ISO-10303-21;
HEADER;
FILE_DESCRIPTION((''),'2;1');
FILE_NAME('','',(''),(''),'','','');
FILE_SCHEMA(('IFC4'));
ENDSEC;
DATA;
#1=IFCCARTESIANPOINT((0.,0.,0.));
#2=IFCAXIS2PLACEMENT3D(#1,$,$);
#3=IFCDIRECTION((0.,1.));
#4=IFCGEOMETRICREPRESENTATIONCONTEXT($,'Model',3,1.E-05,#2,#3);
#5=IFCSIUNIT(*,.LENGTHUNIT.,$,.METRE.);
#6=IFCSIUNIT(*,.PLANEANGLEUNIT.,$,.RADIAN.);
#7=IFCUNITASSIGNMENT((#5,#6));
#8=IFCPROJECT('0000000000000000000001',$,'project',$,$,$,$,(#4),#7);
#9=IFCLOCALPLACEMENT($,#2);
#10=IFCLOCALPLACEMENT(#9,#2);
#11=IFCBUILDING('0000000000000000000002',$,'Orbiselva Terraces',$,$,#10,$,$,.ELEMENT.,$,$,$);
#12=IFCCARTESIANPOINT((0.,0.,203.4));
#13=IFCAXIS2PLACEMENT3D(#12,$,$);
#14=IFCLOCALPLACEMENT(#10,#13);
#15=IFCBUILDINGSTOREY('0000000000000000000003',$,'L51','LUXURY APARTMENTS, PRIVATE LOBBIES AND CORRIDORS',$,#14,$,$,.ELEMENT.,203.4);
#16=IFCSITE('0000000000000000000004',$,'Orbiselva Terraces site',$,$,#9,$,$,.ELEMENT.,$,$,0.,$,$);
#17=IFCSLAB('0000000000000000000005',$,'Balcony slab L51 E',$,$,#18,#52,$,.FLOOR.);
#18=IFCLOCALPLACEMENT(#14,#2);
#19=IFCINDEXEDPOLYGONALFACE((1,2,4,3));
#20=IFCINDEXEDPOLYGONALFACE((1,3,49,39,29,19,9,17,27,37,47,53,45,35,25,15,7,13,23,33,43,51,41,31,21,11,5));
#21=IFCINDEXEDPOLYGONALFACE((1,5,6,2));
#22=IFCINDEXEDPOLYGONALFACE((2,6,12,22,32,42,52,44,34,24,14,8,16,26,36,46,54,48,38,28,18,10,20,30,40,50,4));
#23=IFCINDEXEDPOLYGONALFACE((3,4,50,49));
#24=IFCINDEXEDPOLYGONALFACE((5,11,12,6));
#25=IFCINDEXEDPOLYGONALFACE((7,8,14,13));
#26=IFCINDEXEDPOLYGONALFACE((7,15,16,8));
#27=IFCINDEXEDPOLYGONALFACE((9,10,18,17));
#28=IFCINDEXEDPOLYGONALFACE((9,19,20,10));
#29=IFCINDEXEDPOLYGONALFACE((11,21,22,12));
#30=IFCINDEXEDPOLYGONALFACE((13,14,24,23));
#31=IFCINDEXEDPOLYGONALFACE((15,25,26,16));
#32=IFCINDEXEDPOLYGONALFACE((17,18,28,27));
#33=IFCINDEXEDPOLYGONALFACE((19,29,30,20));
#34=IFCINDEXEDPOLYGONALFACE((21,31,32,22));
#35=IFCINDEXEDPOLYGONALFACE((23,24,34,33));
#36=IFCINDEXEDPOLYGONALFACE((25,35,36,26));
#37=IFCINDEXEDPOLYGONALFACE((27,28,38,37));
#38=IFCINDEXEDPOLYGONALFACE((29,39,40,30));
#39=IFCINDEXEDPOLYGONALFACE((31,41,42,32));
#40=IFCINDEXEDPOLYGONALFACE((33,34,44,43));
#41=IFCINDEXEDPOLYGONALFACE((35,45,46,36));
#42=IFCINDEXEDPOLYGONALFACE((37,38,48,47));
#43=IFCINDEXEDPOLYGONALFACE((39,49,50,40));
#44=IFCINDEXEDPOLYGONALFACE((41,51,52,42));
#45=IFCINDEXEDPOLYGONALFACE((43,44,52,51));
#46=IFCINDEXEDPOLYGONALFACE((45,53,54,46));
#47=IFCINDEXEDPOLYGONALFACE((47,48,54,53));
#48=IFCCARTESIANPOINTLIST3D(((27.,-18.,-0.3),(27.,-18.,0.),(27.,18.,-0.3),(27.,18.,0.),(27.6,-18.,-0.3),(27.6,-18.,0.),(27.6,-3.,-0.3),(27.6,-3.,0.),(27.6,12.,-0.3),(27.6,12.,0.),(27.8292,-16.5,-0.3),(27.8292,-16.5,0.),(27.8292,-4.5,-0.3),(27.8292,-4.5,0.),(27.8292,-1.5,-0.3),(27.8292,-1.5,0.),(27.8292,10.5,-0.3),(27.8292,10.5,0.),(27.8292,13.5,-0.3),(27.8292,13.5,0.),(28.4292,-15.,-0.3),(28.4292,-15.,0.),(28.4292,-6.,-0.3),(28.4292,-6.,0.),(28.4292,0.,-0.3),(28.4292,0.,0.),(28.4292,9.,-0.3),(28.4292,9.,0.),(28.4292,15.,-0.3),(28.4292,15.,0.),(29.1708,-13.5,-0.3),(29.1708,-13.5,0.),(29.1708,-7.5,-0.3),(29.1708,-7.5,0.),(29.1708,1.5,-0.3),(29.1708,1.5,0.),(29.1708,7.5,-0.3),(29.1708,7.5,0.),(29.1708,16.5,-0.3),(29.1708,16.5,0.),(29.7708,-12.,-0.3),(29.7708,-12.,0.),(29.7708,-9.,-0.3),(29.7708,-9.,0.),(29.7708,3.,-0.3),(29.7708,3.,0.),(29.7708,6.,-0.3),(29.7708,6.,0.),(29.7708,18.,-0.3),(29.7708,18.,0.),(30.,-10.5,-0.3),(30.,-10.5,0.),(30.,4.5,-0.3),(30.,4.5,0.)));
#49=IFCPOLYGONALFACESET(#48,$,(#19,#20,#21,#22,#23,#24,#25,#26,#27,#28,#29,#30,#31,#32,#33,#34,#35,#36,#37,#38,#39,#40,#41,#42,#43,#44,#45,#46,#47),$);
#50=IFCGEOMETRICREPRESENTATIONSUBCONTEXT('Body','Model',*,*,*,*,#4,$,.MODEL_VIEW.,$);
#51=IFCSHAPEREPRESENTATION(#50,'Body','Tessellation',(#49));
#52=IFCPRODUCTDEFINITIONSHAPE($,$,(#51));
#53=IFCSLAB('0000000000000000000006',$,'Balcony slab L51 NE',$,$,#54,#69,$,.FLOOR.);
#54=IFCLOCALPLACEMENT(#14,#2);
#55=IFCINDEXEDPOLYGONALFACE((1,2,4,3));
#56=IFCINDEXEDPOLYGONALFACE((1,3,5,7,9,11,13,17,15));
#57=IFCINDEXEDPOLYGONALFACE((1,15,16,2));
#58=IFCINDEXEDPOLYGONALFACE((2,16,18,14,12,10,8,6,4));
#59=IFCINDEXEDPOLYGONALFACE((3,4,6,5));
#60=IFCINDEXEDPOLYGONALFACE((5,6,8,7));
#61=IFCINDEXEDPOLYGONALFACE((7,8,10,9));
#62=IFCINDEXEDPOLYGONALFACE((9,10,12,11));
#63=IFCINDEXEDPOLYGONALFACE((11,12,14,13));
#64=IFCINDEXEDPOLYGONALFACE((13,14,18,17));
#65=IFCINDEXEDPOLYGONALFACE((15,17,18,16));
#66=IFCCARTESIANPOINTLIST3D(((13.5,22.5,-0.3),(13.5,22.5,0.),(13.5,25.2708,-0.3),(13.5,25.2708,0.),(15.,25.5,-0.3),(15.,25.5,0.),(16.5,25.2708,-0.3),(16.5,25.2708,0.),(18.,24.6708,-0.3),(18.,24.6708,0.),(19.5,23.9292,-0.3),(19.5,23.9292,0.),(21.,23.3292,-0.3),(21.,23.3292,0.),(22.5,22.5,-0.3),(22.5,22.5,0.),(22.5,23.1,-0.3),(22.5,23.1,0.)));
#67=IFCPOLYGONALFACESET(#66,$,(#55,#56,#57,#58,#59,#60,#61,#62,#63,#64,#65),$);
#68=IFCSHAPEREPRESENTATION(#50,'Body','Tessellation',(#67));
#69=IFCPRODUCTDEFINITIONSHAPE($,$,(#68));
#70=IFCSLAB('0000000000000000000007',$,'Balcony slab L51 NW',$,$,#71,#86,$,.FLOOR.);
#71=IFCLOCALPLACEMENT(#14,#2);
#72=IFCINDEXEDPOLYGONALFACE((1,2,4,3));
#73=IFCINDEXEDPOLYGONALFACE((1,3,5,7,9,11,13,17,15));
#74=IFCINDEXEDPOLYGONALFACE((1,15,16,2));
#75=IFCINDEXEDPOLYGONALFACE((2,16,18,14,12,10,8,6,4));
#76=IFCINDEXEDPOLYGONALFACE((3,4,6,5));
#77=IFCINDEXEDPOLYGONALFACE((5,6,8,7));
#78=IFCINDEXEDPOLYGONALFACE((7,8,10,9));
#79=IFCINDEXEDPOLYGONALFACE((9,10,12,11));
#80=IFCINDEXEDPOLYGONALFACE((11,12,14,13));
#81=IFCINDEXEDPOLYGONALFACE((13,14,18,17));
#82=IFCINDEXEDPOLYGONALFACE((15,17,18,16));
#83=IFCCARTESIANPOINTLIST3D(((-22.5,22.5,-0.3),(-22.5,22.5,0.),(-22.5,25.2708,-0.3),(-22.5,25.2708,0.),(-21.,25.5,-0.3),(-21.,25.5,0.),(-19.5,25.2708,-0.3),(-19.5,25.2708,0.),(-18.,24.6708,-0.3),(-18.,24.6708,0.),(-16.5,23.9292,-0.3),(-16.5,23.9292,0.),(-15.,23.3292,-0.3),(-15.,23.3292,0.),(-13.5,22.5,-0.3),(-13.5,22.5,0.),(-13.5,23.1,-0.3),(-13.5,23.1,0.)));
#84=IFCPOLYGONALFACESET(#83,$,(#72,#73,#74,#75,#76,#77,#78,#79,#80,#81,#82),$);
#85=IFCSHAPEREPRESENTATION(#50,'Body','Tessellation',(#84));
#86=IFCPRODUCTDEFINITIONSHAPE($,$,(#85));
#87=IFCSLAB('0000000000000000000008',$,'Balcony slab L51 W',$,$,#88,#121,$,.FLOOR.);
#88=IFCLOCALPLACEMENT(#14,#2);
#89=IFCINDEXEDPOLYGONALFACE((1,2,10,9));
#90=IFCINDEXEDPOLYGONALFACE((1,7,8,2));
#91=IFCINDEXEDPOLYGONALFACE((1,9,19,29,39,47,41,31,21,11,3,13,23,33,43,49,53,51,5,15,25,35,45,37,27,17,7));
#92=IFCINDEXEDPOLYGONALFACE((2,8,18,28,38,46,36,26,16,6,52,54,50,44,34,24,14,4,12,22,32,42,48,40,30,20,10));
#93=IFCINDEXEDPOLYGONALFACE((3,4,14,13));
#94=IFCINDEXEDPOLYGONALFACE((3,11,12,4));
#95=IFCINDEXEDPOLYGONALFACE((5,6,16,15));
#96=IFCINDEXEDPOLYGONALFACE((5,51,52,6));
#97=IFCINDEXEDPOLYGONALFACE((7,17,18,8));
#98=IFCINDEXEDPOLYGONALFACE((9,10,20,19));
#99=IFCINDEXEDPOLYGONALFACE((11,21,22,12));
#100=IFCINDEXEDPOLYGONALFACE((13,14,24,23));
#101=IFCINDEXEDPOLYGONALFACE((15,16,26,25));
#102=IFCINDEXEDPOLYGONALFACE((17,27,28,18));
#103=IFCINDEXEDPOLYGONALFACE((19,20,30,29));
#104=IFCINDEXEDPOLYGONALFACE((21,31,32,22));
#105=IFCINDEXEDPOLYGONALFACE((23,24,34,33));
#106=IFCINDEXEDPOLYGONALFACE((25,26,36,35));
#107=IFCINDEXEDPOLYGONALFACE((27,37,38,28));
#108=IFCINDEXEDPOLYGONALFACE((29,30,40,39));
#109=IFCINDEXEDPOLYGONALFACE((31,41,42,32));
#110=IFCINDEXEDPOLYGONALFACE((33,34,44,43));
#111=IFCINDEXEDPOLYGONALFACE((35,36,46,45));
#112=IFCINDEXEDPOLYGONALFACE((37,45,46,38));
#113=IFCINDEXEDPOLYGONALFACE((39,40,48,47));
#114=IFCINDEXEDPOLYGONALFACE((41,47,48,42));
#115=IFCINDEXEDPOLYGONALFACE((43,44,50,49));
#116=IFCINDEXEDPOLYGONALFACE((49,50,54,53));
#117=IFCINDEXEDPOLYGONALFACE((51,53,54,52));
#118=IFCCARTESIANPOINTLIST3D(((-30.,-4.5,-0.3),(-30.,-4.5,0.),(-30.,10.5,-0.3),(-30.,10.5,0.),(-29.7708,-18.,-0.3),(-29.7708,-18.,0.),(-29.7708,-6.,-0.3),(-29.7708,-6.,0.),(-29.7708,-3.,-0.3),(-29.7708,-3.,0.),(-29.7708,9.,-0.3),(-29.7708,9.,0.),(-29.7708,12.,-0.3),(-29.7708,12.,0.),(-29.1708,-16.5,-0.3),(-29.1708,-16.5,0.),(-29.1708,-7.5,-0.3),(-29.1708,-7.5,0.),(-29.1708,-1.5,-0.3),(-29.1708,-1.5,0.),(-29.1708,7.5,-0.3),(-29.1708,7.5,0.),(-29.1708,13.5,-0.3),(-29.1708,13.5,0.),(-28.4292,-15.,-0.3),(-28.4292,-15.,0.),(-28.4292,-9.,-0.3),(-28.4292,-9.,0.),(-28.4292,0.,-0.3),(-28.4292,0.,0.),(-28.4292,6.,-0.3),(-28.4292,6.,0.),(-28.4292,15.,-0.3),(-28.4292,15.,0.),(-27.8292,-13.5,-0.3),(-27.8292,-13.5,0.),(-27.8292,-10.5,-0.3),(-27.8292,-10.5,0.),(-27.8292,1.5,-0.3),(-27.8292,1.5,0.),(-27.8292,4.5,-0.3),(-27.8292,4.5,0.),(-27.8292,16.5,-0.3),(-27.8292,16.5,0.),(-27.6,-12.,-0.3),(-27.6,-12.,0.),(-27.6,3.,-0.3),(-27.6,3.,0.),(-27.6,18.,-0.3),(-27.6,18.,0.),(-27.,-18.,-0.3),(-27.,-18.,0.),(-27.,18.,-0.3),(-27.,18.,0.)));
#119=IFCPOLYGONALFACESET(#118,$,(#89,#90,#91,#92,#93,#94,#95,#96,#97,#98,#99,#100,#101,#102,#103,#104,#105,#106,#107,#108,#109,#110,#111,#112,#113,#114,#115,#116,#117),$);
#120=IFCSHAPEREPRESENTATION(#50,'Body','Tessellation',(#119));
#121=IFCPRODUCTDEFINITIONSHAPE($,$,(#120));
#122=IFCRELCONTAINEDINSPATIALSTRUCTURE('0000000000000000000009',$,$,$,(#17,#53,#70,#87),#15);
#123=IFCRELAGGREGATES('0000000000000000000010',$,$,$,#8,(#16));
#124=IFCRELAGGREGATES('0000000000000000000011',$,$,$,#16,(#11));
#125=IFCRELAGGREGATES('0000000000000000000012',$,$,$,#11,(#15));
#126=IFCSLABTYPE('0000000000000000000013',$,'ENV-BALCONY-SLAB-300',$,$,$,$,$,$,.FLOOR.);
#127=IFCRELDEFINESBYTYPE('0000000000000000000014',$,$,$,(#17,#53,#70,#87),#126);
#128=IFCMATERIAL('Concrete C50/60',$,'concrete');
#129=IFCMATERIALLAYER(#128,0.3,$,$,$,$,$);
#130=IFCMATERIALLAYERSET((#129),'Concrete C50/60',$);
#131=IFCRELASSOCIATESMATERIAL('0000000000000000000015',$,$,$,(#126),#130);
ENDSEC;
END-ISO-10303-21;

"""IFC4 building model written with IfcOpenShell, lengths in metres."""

from ifc_helpers import new_model, si_unit, direction, frame, origin, place, context, subcontext, project, spatial, polyline, outline, extrude, material, layer, layer_set, type_object, element, save


model = new_model("IFC4")

# Units and contexts
model_context = context("Model", 3, precision=1e-05, world=origin(), true_north=direction((0.0, 1.0)))
body_context = subcontext(model_context, "Body", "Model", "MODEL_VIEW")
ifc_project = project(units=[si_unit("LENGTHUNIT", "METRE"), si_unit("PLANEANGLEUNIT", "RADIAN")], contexts=[model_context])

# Site, building, storey
site_placement = place(None, origin())
site = spatial("IfcSite", under=ifc_project, at=site_placement, Name="Orbiselva Terraces site", CompositionType="ELEMENT", RefElevation=0.0)
building_placement = place(site_placement, origin())
building = spatial("IfcBuilding", under=site, at=building_placement, Name="Orbiselva Terraces", CompositionType="ELEMENT")
storey_placement = place(building_placement, frame((0.0, 0.0, 203.4)))
storey = spatial("IfcBuildingStorey", under=building, at=storey_placement, Name="L51", Description="LUXURY APARTMENTS, PRIVATE LOBBIES AND CORRIDORS", CompositionType="ELEMENT", Elevation=203.4)

# Slabs
ifc_material_1 = material(Name="Concrete C50/60", Category="concrete")
ifc_layer_1 = layer(ifc_material_1, 0.3)
ifc_layer_set_1 = layer_set([ifc_layer_1], Name="Concrete C50/60")
slab_type_1 = type_object("IfcSlabType", Name="ENV-BALCONY-SLAB-300", PredefinedType="FLOOR", material=ifc_layer_set_1)
slab_1_placement = place(storey_placement, frame((0.0, 0.0, -0.3)))
element("IfcSlab", 1, at=slab_1_placement, inside=storey, type_object=slab_type_1, Name="Balcony slab L51 E", PredefinedType="FLOOR", context=body_context, shape_type="SweptSolid", body=[
    extrude(outline(polyline([(27.6, -18.0), (27.8292, -16.5), (28.4292, -15.0), (29.1708, -13.5), (29.7708, -12.0), (30.0, -10.5), (29.7708, -9.0), (29.1708, -7.5), (28.4292, -6.0), (27.8292, -4.5), (27.6, -3.0), (27.8292, -1.5), (28.4292, 0.0), (29.1708, 1.5), (29.7708, 3.0), (30.0, 4.5), (29.7708, 6.0), (29.1708, 7.5), (28.4292, 9.0), (27.8292, 10.5), (27.6, 12.0), (27.8292, 13.5), (28.4292, 15.0), (29.1708, 16.5), (29.7708, 18.0), (27.0, 18.0), (27.0, -18.0), (27.6, -18.0)])), origin(), (0.0, 0.0, 1.0), 0.3),
])
slab_2_placement = place(storey_placement, frame((0.0, 0.0, -0.3)))
element("IfcSlab", 2, at=slab_2_placement, inside=storey, type_object=slab_type_1, Name="Balcony slab L51 NE", PredefinedType="FLOOR", context=body_context, shape_type="SweptSolid", body=[
    extrude(outline(polyline([(22.5, 23.1), (21.0, 23.3292), (19.5, 23.9292), (18.0, 24.6708), (16.5, 25.2708), (15.0, 25.5), (13.5, 25.2708), (13.5, 22.5), (22.5, 22.5), (22.5, 23.1)])), origin(), (0.0, 0.0, 1.0), 0.3),
])
slab_3_placement = place(storey_placement, frame((0.0, 0.0, -0.3)))
element("IfcSlab", 3, at=slab_3_placement, inside=storey, type_object=slab_type_1, Name="Balcony slab L51 NW", PredefinedType="FLOOR", context=body_context, shape_type="SweptSolid", body=[
    extrude(outline(polyline([(-13.5, 23.1), (-15.0, 23.3292), (-16.5, 23.9292), (-18.0, 24.6708), (-19.5, 25.2708), (-21.0, 25.5), (-22.5, 25.2708), (-22.5, 22.5), (-13.5, 22.5), (-13.5, 23.1)])), origin(), (0.0, 0.0, 1.0), 0.3),
])
slab_4_placement = place(storey_placement, frame((0.0, 0.0, -0.3)))
element("IfcSlab", 4, at=slab_4_placement, inside=storey, type_object=slab_type_1, Name="Balcony slab L51 W", PredefinedType="FLOOR", context=body_context, shape_type="SweptSolid", body=[
    extrude(outline(polyline([(-27.6, 18.0), (-27.8292, 16.5), (-28.4292, 15.0), (-29.1708, 13.5), (-29.7708, 12.0), (-30.0, 10.5), (-29.7708, 9.0), (-29.1708, 7.5), (-28.4292, 6.0), (-27.8292, 4.5), (-27.6, 3.0), (-27.8292, 1.5), (-28.4292, 0.0), (-29.1708, -1.5), (-29.7708, -3.0), (-30.0, -4.5), (-29.7708, -6.0), (-29.1708, -7.5), (-28.4292, -9.0), (-27.8292, -10.5), (-27.6, -12.0), (-27.8292, -13.5), (-28.4292, -15.0), (-29.1708, -16.5), (-29.7708, -18.0), (-27.0, -18.0), (-27.0, 18.0), (-27.6, 18.0)])), origin(), (0.0, 0.0, 1.0), 0.3),
])

save(model, "model.ifc")
